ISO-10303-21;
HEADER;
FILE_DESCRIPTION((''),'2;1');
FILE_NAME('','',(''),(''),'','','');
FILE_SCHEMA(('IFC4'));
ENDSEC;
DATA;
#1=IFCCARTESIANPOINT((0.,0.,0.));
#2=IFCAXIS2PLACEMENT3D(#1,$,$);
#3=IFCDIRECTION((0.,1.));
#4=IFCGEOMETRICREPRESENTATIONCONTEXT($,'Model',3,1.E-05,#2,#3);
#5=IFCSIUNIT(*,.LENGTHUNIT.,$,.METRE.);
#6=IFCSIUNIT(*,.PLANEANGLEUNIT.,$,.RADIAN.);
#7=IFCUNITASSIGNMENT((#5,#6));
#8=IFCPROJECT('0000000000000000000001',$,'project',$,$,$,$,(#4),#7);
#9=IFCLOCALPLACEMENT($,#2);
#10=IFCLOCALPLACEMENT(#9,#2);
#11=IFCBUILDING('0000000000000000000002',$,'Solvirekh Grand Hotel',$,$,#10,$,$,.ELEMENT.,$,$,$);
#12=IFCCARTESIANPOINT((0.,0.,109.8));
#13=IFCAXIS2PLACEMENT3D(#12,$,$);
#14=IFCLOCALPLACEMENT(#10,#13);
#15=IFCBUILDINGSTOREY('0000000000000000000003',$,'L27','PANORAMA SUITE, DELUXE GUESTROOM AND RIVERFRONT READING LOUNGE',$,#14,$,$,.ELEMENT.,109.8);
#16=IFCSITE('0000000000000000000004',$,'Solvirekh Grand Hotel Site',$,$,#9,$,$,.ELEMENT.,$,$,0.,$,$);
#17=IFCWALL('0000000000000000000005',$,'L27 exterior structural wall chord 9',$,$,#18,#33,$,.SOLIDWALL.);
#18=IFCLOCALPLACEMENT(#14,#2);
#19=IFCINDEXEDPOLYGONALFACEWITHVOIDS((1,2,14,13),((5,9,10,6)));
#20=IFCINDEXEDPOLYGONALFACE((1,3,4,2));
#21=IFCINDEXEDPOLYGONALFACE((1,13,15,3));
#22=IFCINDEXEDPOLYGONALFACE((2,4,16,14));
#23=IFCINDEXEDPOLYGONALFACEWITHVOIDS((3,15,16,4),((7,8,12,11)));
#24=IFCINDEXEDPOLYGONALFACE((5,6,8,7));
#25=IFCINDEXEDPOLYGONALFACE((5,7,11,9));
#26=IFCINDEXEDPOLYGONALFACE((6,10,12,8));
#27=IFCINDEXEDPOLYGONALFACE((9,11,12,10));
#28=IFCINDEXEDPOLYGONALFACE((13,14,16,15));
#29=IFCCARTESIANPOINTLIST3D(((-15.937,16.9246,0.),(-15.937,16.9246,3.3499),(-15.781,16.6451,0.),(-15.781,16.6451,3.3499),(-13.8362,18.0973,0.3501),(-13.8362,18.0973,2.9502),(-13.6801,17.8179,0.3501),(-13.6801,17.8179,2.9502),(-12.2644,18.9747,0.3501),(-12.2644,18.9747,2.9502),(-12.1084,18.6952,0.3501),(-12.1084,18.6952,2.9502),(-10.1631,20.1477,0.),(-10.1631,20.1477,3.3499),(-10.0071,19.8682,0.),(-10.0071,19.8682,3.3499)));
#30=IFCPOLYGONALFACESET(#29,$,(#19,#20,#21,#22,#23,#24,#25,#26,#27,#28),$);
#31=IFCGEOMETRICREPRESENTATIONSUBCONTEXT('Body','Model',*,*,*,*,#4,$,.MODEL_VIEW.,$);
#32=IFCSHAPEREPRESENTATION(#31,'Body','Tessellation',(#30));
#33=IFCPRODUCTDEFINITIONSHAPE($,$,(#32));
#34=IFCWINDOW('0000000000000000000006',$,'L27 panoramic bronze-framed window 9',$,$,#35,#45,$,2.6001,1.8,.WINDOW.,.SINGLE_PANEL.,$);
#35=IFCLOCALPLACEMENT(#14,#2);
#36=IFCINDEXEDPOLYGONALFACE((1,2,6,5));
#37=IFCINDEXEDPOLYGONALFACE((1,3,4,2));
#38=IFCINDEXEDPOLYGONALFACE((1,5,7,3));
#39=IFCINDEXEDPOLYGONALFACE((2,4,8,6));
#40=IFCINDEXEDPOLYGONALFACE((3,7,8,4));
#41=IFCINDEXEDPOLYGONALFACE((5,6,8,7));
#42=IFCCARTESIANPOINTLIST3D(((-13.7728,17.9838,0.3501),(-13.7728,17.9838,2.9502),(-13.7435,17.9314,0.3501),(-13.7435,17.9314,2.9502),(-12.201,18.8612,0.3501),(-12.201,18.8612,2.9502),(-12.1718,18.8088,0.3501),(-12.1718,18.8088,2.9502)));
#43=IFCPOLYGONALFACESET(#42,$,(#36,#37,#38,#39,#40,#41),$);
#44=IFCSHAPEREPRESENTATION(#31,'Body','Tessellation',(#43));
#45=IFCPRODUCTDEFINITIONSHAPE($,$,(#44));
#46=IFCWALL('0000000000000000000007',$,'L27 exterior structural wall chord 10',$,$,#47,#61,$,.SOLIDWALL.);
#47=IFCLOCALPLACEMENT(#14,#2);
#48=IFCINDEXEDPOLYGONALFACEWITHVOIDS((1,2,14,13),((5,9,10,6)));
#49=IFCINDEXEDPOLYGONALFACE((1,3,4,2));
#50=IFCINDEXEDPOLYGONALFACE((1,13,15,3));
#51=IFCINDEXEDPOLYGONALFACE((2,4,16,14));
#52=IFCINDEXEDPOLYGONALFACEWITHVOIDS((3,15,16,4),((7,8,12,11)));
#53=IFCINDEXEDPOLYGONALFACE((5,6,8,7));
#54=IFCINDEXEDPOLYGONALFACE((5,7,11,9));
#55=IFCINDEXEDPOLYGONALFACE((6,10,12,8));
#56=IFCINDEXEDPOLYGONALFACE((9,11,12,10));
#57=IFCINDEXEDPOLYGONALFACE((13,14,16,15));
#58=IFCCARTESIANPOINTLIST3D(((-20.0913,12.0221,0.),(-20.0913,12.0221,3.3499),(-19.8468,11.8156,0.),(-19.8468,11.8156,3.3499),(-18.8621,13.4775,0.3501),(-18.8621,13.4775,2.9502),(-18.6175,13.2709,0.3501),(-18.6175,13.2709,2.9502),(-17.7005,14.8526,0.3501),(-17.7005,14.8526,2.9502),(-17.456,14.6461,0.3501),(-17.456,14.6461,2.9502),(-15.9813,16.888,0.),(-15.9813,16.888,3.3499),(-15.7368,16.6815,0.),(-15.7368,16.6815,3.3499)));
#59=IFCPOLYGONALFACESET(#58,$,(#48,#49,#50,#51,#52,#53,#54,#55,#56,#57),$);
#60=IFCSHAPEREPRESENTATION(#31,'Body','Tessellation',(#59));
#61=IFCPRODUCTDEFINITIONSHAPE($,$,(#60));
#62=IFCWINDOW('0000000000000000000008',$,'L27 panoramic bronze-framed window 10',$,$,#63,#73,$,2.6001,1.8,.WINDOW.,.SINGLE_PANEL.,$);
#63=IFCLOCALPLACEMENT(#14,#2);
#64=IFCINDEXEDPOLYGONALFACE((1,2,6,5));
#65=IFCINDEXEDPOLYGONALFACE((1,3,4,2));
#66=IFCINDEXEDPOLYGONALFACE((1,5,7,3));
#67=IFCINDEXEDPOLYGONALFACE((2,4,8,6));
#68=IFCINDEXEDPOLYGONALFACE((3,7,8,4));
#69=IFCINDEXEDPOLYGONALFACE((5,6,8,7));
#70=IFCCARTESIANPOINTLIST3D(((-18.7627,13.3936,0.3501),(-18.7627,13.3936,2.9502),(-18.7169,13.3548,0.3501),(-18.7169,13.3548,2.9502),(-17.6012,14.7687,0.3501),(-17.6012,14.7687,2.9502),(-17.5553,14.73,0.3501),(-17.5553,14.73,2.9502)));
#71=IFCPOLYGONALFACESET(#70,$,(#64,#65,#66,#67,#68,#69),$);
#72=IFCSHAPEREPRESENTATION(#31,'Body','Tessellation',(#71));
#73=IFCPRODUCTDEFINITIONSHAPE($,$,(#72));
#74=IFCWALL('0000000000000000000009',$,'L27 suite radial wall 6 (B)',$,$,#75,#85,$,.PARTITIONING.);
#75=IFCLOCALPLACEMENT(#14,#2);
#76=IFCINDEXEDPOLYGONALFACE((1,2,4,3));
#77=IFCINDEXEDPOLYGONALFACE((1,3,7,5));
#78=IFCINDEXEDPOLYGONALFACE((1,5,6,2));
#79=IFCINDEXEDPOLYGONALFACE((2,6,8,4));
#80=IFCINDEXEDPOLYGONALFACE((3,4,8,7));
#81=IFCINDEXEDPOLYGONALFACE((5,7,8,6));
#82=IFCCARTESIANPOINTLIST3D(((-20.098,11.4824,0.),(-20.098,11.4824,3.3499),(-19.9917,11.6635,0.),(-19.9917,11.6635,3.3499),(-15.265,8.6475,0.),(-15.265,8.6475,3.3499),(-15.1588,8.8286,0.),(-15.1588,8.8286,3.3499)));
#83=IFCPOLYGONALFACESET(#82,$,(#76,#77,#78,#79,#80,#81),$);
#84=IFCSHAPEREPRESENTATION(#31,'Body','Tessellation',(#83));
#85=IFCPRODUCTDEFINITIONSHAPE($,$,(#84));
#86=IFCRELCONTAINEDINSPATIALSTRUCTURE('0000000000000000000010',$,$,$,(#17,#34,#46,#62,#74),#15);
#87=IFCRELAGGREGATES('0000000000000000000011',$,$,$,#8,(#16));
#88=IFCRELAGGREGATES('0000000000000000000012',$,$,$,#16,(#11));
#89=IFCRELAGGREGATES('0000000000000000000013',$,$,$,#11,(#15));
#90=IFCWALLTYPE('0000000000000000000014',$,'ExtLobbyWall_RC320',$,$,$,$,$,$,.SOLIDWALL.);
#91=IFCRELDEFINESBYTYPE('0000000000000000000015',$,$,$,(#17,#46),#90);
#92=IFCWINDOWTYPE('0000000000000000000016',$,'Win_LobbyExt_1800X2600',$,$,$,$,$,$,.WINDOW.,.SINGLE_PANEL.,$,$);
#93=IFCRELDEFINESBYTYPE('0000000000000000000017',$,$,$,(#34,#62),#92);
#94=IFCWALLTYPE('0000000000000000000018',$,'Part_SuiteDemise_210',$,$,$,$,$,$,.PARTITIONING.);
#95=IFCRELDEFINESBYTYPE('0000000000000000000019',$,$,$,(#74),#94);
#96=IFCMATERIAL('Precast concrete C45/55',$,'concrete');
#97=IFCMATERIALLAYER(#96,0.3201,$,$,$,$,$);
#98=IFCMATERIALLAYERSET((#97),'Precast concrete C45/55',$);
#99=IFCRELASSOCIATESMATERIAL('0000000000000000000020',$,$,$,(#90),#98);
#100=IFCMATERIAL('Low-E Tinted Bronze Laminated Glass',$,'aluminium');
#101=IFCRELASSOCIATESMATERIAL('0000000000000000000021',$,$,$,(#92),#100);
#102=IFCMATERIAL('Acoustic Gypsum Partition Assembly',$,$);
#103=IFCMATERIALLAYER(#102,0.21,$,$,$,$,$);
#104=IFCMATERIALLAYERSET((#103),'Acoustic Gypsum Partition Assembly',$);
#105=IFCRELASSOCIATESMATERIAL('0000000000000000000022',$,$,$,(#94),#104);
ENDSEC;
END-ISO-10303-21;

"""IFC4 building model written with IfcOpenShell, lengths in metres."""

from ifc_helpers import new_model, si_unit, direction, frame, frame_2d, origin, place, context, subcontext, project, spatial, rectangle, extrude, material, layer, layer_set, type_object, element, fill, save


model = new_model("IFC4")

# Units and contexts
model_context = context("Model", 3, precision=1e-05, world=origin(), true_north=direction((0.0, 1.0)))
body_context = subcontext(model_context, "Body", "Model", "MODEL_VIEW")
ifc_project = project(units=[si_unit("LENGTHUNIT", "METRE"), si_unit("PLANEANGLEUNIT", "RADIAN")], contexts=[model_context])

# Site, building, storey
site_placement = place(None, origin())
site = spatial("IfcSite", under=ifc_project, at=site_placement, Name="Solvirekh Grand Hotel Site", CompositionType="ELEMENT", RefElevation=0.0)
building_placement = place(site_placement, origin())
building = spatial("IfcBuilding", under=site, at=building_placement, Name="Solvirekh Grand Hotel", CompositionType="ELEMENT")
storey_placement = place(building_placement, frame((0.0, 0.0, 109.8)))
storey = spatial("IfcBuildingStorey", under=building, at=storey_placement, Name="L27", Description="PANORAMA SUITE, DELUXE GUESTROOM AND RIVERFRONT READING LOUNGE", CompositionType="ELEMENT", Elevation=109.8)

# Shared definitions
ifc_material_1 = material(Name="Low-E Tinted Bronze Laminated Glass", Category="aluminium")

# Walls, openings, windows
ifc_material_2 = material(Name="Precast concrete C45/55", Category="concrete")
ifc_layer_1 = layer(ifc_material_2, 0.3201)
ifc_layer_set_1 = layer_set([ifc_layer_1], Name="Precast concrete C45/55")
wall_type_1 = type_object("IfcWallType", Name="ExtLobbyWall_RC320", PredefinedType="SOLIDWALL", material=ifc_layer_set_1)
wall_1_placement = place(storey_placement, frame((-15.8589, 16.7849, 0.0), z_axis=(0.0, 0.0, 1.0), x_axis=(0.873166, 0.487422, 0.0)))
wall_1 = element("IfcWall", 1, at=wall_1_placement, inside=storey, type_object=wall_type_1, Name="L27 exterior structural wall chord 9", PredefinedType="SOLIDWALL", context=body_context, shape_type="SweptSolid", body=[
    extrude(rectangle(XDim=6.6125, YDim=0.3201, at=frame_2d((3.3062, 0.0))), origin(), (0.0, 0.0, 1.0), 3.3499),
])
opening_1_placement = place(wall_1_placement, frame((2.406, 0.0, 0.3501)))
opening_1 = element("IfcOpeningElement", 2, at=opening_1_placement, cuts=wall_1, PredefinedType="OPENING", context=body_context, shape_type="SweptSolid", body=[
    extrude(rectangle(XDim=1.8, YDim=2.6001, at=frame_2d((0.8999, 1.3))), frame((0.0, 0.1699, 0.0), z_axis=(0.0, -1.0, 0.0), x_axis=(1.0, 0.0, 0.0)), (0.0, 0.0, 1.0), 0.3401),
])
window_type = type_object("IfcWindowType", Name="Win_LobbyExt_1800X2600", PartitioningType="SINGLE_PANEL", PredefinedType="WINDOW", material=ifc_material_1)
window_1_placement = place(opening_1_placement, origin())
window_1 = element("IfcWindow", 3, at=window_1_placement, inside=storey, type_object=window_type, Name="L27 panoramic bronze-framed window 9", OverallHeight=2.6001, OverallWidth=1.8, PartitioningType="SINGLE_PANEL", PredefinedType="WINDOW", context=body_context, shape_type="SweptSolid", body=[
    extrude(rectangle(XDim=1.8, YDim=2.6001, at=frame_2d((0.8999, 1.3))), frame((0.0, 0.03, 0.0), z_axis=(0.0, -1.0, 0.0), x_axis=(1.0, 0.0, 0.0)), (0.0, 0.0, 1.0), 0.0601),
])
fill(opening_1, window_1)
wall_2_placement = place(storey_placement, frame((-19.969, 11.9189, 0.0), z_axis=(0.0, 0.0, 1.0), x_axis=(0.645279, 0.763947, 0.0)))
wall_2 = element("IfcWall", 4, at=wall_2_placement, inside=storey, type_object=wall_type_1, Name="L27 exterior structural wall chord 10", PredefinedType="SOLIDWALL", context=body_context, shape_type="SweptSolid", body=[
    extrude(rectangle(XDim=6.3694, YDim=0.3201, at=frame_2d((3.1846, 0.0))), origin(), (0.0, 0.0, 1.0), 3.3499),
])
opening_2_placement = place(wall_2_placement, frame((1.905, 0.0, 0.3501)))
opening_2 = element("IfcOpeningElement", 5, at=opening_2_placement, cuts=wall_2, PredefinedType="OPENING", context=body_context, shape_type="SweptSolid", body=[
    extrude(rectangle(XDim=1.8, YDim=2.6001, at=frame_2d((0.8999, 1.3))), frame((0.0, 0.1699, 0.0), z_axis=(0.0, -1.0, 0.0), x_axis=(1.0, 0.0, 0.0)), (0.0, 0.0, 1.0), 0.3401),
])
window_2_placement = place(opening_2_placement, origin())
window_2 = element("IfcWindow", 6, at=window_2_placement, inside=storey, type_object=window_type, Name="L27 panoramic bronze-framed window 10", OverallHeight=2.6001, OverallWidth=1.8, PartitioningType="SINGLE_PANEL", PredefinedType="WINDOW", context=body_context, shape_type="SweptSolid", body=[
    extrude(rectangle(XDim=1.8, YDim=2.6001, at=frame_2d((0.8999, 1.3))), frame((0.0, 0.03, 0.0), z_axis=(0.0, -1.0, 0.0), x_axis=(1.0, 0.0, 0.0)), (0.0, 0.0, 1.0), 0.0601),
])
fill(opening_2, window_2)

# Wall
ifc_material_3 = material(Name="Acoustic Gypsum Partition Assembly")
ifc_layer_2 = layer(ifc_material_3, 0.21)
ifc_layer_set_2 = layer_set([ifc_layer_2], Name="Acoustic Gypsum Partition Assembly")
wall_type_2 = type_object("IfcWallType", Name="Part_SuiteDemise_210", PredefinedType="PARTITIONING", material=ifc_layer_set_2)
wall_3_placement = place(storey_placement, frame((-15.2119, 8.738, 0.0), z_axis=(0.0, 0.0, 1.0), x_axis=(-0.862556, 0.505961, 0.0)))
element("IfcWall", 7, at=wall_3_placement, inside=storey, type_object=wall_type_2, Name="L27 suite radial wall 6 (B)", PredefinedType="PARTITIONING", context=body_context, shape_type="SweptSolid", body=[
    extrude(rectangle(XDim=5.603, YDim=0.21, at=frame_2d((2.8015, 0.0))), origin(), (0.0, 0.0, 1.0), 3.3499),
])

save(model, "model.ifc")
